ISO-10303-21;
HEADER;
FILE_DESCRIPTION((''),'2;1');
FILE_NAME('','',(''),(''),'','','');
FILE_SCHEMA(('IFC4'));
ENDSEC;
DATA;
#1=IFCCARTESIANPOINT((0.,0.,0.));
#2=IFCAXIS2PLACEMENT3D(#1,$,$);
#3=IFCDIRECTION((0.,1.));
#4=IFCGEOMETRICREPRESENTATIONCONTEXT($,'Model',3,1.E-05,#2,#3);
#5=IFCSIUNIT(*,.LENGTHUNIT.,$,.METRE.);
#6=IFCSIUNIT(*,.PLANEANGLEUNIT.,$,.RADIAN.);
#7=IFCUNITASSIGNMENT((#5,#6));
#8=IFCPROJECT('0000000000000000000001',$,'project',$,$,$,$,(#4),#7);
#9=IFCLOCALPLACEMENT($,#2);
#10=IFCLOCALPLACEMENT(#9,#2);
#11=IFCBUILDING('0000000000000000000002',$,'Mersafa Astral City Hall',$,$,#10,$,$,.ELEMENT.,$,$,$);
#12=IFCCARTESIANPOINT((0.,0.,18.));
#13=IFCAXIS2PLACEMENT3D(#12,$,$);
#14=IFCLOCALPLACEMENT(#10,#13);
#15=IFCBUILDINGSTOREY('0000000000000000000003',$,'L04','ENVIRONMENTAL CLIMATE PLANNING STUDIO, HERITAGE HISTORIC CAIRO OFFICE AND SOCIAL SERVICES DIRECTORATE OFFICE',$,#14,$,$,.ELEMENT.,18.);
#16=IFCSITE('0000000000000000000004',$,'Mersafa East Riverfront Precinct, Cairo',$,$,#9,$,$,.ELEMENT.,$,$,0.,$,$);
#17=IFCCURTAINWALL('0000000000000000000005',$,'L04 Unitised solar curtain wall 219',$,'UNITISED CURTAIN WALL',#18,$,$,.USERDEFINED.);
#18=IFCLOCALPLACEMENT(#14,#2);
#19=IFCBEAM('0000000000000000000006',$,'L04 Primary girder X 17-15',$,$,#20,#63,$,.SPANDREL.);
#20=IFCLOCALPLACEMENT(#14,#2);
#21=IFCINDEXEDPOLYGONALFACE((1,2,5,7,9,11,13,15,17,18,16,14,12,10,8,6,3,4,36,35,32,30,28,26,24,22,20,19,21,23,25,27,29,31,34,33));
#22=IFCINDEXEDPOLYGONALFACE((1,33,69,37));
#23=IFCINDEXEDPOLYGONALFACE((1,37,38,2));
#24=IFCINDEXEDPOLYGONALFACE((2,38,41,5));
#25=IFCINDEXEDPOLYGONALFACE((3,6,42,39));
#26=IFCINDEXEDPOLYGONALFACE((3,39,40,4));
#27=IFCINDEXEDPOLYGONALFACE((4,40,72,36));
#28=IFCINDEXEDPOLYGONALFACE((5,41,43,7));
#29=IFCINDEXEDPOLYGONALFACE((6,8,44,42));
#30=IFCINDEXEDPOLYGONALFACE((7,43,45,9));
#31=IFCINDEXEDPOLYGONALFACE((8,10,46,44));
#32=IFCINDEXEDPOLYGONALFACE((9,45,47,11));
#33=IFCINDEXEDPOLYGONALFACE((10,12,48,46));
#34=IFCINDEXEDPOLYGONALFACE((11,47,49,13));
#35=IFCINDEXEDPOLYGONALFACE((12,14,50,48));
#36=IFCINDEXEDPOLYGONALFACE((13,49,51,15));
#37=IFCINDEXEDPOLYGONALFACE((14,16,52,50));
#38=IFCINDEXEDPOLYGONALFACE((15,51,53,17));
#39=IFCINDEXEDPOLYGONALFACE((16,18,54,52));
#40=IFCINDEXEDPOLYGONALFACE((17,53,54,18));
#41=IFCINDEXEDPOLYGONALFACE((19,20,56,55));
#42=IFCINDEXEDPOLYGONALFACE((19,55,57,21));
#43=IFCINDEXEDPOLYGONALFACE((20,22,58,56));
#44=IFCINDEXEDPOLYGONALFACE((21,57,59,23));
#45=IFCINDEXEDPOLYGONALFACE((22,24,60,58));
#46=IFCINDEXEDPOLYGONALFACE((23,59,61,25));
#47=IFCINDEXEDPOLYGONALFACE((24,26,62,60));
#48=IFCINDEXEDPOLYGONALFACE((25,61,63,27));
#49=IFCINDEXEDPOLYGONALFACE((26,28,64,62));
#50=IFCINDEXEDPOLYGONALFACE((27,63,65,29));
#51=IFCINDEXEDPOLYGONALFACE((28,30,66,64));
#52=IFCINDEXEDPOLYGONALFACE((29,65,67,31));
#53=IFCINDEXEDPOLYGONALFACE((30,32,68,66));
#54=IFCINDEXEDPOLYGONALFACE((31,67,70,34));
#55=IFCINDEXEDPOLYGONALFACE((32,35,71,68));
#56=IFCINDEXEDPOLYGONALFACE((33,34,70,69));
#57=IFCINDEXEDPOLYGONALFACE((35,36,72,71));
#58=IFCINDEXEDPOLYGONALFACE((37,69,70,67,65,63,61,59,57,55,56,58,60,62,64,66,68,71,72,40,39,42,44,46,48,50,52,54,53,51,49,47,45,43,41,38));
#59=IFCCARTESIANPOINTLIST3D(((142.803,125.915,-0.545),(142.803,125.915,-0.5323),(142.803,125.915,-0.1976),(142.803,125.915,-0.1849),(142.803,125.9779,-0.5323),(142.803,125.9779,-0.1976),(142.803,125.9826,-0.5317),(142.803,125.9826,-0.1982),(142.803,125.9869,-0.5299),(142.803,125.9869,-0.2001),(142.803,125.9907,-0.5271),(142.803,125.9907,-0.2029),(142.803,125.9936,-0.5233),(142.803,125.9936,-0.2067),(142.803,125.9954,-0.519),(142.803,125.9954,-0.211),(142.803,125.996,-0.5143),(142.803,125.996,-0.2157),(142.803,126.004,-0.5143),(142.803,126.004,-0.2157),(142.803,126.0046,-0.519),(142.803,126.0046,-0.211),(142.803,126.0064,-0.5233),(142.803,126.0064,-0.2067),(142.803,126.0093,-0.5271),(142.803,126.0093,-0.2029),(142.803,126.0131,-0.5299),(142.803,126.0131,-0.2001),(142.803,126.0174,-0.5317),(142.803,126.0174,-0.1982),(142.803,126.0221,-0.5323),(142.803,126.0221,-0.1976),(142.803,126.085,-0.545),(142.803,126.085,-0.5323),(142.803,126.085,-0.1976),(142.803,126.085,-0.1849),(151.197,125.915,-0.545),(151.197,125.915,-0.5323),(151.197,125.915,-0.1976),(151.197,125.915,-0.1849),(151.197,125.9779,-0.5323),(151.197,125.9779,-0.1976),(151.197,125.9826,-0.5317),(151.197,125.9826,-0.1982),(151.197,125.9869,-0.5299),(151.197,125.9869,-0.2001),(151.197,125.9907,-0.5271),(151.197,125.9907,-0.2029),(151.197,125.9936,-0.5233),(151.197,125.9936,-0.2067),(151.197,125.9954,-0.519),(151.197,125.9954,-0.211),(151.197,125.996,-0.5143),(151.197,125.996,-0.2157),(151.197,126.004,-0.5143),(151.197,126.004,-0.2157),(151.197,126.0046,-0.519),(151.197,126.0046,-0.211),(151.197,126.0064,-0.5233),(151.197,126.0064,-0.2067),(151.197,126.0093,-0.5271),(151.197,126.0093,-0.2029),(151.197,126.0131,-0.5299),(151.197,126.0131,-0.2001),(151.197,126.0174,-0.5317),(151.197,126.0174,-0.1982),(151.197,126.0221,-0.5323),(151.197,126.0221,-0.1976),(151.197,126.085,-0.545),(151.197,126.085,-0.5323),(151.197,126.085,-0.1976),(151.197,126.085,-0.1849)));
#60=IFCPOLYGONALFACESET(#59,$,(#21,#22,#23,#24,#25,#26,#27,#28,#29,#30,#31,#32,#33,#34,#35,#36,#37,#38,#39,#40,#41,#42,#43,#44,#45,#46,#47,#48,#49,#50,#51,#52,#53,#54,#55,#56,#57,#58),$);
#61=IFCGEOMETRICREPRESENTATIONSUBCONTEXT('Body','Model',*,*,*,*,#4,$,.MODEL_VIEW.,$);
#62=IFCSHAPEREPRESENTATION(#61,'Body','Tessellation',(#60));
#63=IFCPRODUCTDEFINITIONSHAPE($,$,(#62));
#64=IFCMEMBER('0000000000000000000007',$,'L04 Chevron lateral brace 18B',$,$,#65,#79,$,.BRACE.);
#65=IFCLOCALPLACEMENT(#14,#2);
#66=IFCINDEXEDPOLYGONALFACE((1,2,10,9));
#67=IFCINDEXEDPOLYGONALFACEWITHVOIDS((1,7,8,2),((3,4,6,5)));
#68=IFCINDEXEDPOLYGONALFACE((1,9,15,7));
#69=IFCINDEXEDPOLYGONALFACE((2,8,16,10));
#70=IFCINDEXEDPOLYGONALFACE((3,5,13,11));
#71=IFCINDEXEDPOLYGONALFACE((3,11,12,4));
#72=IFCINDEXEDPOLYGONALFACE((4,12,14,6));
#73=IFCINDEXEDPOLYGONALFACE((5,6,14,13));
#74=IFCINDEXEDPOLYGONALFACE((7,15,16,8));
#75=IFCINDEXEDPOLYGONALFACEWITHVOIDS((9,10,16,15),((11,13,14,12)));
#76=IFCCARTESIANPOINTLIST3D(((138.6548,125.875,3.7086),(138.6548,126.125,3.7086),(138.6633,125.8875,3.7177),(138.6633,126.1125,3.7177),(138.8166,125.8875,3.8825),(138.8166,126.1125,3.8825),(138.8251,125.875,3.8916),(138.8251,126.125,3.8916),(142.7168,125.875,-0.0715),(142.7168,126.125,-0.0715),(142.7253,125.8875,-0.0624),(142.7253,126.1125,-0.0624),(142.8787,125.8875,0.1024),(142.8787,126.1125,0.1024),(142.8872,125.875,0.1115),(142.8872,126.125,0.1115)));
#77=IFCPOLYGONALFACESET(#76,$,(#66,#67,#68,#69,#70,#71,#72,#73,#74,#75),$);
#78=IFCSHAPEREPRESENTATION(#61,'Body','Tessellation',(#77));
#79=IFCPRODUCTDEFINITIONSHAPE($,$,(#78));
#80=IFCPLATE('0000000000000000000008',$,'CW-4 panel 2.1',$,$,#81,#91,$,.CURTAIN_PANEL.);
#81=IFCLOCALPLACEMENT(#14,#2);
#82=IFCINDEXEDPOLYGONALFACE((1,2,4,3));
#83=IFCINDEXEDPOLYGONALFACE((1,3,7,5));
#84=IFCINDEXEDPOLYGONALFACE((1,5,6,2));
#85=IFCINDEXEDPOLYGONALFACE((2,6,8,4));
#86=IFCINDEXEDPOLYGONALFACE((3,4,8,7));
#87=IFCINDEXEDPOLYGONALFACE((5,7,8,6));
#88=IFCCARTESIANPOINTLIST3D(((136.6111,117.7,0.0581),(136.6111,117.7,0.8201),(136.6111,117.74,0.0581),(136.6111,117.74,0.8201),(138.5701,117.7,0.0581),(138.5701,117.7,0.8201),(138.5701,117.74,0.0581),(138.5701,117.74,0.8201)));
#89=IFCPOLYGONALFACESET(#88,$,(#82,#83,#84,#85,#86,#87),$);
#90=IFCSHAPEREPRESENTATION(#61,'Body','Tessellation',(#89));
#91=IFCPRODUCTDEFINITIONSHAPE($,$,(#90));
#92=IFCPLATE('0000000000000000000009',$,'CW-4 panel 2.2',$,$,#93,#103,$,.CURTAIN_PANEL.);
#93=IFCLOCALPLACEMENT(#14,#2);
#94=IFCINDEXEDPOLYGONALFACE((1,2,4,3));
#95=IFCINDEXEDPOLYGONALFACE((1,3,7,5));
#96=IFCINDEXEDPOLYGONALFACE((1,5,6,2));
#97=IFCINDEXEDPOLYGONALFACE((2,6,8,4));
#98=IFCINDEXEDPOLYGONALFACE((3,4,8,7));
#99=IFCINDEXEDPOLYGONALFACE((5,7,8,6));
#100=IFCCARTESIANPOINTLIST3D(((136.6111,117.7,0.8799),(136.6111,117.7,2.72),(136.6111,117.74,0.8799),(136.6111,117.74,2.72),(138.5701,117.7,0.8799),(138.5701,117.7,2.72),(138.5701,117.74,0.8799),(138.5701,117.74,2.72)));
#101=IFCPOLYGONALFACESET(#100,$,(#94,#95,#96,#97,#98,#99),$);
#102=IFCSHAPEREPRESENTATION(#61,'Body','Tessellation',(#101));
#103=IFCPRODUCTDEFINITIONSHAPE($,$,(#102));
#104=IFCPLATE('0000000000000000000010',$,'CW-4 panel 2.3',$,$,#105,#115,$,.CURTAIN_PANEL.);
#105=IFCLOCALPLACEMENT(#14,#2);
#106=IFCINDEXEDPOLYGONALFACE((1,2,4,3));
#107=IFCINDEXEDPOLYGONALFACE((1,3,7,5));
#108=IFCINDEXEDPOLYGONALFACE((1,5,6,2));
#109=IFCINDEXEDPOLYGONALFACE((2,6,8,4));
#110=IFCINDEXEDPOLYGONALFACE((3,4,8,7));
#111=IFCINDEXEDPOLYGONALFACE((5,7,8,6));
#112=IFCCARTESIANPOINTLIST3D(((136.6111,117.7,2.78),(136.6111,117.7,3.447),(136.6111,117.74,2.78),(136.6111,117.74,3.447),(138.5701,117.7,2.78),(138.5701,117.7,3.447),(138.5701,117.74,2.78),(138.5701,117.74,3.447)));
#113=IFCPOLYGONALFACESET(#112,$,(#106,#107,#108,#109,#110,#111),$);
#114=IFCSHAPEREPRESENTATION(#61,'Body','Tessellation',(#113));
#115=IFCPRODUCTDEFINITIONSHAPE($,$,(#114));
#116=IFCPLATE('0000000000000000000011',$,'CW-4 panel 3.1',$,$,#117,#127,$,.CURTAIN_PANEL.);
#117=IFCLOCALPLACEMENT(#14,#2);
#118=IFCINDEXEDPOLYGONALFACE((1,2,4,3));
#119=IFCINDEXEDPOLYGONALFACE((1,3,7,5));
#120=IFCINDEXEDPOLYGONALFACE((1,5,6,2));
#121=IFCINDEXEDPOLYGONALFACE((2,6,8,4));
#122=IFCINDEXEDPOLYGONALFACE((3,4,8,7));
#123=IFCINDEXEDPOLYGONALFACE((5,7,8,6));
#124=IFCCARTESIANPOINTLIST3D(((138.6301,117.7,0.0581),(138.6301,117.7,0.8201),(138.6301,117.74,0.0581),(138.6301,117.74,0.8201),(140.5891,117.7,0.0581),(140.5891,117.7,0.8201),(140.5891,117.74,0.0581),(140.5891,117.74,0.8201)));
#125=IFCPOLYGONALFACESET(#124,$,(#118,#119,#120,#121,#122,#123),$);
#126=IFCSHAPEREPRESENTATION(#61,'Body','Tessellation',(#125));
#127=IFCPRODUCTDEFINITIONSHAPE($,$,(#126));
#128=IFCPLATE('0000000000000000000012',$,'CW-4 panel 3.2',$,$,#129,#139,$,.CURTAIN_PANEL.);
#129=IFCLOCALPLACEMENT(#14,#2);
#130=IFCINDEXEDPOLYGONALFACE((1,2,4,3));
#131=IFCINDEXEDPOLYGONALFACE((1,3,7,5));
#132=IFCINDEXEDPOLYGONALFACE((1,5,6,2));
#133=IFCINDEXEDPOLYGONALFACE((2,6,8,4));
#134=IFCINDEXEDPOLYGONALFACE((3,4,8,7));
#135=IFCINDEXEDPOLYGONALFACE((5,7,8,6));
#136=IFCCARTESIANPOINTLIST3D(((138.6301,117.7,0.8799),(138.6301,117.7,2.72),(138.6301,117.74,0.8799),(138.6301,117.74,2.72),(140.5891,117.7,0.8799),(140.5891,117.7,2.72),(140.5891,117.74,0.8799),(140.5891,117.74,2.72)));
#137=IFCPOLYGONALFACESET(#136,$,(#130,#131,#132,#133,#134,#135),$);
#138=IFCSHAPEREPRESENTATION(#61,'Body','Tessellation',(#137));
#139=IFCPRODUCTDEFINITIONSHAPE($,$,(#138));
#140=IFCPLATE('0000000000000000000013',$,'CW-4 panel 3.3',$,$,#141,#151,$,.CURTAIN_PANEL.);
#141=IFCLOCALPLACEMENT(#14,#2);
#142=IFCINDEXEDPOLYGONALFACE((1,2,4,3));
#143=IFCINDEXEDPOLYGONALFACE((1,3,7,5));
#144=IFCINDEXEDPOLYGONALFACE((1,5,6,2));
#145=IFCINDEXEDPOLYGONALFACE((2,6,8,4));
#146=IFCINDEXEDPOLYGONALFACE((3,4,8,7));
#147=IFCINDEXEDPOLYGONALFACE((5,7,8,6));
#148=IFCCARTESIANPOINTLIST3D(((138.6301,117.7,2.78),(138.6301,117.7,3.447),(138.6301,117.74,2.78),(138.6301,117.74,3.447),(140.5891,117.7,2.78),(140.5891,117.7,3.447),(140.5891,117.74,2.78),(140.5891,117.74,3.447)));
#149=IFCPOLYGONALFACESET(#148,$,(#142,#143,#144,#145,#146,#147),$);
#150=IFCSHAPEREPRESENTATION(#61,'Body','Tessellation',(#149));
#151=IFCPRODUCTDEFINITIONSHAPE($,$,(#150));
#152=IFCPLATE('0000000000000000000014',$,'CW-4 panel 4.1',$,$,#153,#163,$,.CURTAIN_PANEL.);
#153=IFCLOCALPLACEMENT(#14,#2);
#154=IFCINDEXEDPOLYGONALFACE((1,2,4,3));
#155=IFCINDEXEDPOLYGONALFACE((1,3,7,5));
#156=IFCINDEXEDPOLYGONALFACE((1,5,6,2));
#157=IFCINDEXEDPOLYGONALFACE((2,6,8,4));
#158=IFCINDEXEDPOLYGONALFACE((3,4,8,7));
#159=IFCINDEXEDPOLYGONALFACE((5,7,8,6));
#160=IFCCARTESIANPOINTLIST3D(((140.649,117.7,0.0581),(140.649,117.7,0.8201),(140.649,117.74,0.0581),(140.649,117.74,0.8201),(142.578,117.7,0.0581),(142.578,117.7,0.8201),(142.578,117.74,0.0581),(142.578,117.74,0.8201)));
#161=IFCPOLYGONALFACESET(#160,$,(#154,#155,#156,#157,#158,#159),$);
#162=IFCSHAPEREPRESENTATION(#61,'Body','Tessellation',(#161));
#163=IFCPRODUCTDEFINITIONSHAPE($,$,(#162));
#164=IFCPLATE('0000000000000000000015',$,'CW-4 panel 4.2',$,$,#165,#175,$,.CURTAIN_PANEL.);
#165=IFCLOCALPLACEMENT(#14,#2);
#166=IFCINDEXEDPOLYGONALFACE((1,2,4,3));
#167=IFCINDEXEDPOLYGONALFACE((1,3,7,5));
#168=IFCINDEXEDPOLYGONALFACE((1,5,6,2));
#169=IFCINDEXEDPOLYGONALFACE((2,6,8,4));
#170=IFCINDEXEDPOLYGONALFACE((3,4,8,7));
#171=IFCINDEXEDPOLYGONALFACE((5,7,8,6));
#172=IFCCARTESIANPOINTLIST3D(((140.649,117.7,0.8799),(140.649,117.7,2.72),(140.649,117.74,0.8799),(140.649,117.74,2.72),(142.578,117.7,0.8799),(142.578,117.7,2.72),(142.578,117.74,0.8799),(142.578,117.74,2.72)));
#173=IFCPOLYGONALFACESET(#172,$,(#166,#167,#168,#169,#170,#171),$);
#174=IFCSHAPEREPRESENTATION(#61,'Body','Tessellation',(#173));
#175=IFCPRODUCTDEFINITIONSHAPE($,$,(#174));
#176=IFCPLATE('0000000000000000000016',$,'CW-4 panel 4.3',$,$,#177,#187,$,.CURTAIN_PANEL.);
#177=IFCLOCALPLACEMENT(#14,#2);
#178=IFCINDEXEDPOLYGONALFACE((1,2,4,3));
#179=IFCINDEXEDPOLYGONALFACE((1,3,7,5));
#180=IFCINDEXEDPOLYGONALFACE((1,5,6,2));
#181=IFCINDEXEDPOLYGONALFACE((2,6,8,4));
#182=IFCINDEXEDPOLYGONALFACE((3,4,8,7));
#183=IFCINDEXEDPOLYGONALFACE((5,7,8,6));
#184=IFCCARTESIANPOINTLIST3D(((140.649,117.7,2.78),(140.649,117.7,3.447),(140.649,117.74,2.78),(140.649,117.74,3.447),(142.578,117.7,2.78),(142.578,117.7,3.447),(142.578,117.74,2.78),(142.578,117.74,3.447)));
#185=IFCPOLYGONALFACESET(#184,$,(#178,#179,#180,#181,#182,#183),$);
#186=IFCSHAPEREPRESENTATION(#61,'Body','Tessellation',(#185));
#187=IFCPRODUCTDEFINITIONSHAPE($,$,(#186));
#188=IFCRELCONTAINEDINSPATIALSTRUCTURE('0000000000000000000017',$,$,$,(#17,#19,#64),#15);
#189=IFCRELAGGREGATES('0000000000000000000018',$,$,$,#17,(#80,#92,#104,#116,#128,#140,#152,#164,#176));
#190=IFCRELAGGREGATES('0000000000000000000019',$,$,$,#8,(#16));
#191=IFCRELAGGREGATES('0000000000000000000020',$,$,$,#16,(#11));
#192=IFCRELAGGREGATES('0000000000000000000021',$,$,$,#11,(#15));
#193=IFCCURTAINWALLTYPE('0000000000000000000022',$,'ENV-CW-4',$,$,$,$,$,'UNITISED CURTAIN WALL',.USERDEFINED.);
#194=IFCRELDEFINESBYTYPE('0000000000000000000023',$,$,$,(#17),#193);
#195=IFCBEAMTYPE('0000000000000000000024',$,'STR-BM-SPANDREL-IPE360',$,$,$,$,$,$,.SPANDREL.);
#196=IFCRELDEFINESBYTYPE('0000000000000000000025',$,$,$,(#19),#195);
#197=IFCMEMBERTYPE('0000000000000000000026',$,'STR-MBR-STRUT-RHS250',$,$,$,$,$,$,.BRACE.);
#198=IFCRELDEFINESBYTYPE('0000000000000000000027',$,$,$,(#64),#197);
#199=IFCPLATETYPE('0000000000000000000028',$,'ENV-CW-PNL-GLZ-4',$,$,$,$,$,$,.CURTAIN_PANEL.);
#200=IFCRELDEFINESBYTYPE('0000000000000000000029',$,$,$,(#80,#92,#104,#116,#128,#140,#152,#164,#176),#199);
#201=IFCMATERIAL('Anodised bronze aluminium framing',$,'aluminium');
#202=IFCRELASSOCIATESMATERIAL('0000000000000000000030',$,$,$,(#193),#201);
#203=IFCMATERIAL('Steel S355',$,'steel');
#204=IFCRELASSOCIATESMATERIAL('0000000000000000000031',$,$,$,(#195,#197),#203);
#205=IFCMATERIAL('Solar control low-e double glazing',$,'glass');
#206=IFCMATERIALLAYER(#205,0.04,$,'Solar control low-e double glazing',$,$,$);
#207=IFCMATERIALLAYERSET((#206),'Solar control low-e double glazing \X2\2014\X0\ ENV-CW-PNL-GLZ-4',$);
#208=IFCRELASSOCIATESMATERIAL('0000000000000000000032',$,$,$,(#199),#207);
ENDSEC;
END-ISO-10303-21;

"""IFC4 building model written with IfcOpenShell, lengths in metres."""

from ifc_helpers import new_model, si_unit, direction, frame, origin, origin_2d, place, context, subcontext, project, spatial, rectangle, hollow_rectangle, i_section, extrude, material, layer, layer_set, material_profile, profile_set, type_object, element, aggregate, save


model = new_model("IFC4")

# Units and contexts
model_context = context("Model", 3, precision=1e-05, world=origin(), true_north=direction((0.0, 1.0)))
body_context = subcontext(model_context, "Body", "Model", "MODEL_VIEW")
ifc_project = project(units=[si_unit("LENGTHUNIT", "METRE"), si_unit("PLANEANGLEUNIT", "RADIAN")], contexts=[model_context])

# Site, building, storey
site_placement = place(None, origin())
site = spatial("IfcSite", under=ifc_project, at=site_placement, Name="Mersafa East Riverfront Precinct, Cairo", CompositionType="ELEMENT", RefElevation=0.0)
building_placement = place(site_placement, origin())
building = spatial("IfcBuilding", under=site, at=building_placement, Name="Mersafa Astral City Hall", CompositionType="ELEMENT")
storey_placement = place(building_placement, frame((0.0, 0.0, 18.0)))
storey = spatial("IfcBuildingStorey", under=building, at=storey_placement, Name="L04", Description="ENVIRONMENTAL CLIMATE PLANNING STUDIO, HERITAGE HISTORIC CAIRO OFFICE AND SOCIAL SERVICES DIRECTORATE OFFICE", CompositionType="ELEMENT", Elevation=18.0)

# Shared definitions
ifc_material_1 = material(Name="Steel S355", Category="steel")

# Curtain wall
ifc_material_2 = material(Name="Anodised bronze aluminium framing", Category="aluminium")
curtain_wall_type = type_object("IfcCurtainWallType", Name="ENV-CW-4", ElementType="UNITISED CURTAIN WALL", PredefinedType="USERDEFINED", material=ifc_material_2)
curtain_wall_placement = place(storey_placement, origin())
curtain_wall = element("IfcCurtainWall", 1, at=curtain_wall_placement, inside=storey, type_object=curtain_wall_type, Name="L04 Unitised solar curtain wall 219", ObjectType="UNITISED CURTAIN WALL", PredefinedType="USERDEFINED")

# Beam
ifc_material_profile_1 = material_profile(ifc_material_1, i_section(OverallWidth=0.1699, OverallDepth=0.3601, WebThickness=0.0081, FlangeThickness=0.0127, FilletRadius=0.0181, at=origin_2d()), Name="IPE 360")
ifc_profile_set_1 = profile_set([ifc_material_profile_1], Name="Steel S355")
beam_type_1 = type_object("IfcBeamType", Name="STR-BM-SPANDREL-IPE360", PredefinedType="SPANDREL", material=ifc_profile_set_1)
beam_1_placement = place(storey_placement, frame((142.803, 126.0, -0.365), z_axis=(1.0, 0.0, 0.0), x_axis=(0.0, 1.0, 0.0)))
element("IfcBeam", 2, at=beam_1_placement, inside=storey, type_object=beam_type_1, Name="L04 Primary girder X 17-15", PredefinedType="SPANDREL", context=body_context, shape_type="SweptSolid", body=[
    extrude(i_section(OverallWidth=0.1699, OverallDepth=0.3601, WebThickness=0.0081, FlangeThickness=0.0127, FilletRadius=0.0181, at=origin_2d()), origin(), (0.0, 0.0, 1.0), 8.394),
])

# Member
ifc_material_profile_2 = material_profile(ifc_material_1, hollow_rectangle(XDim=0.25, YDim=0.25, WallThickness=0.0125, at=origin_2d()), Name="RHS 250x250x12.5")
ifc_profile_set_2 = profile_set([ifc_material_profile_2], Name="Steel S355")
member_type_1 = type_object("IfcMemberType", Name="STR-MBR-STRUT-RHS250", PredefinedType="BRACE", material=ifc_profile_set_2)
member_1_placement = place(storey_placement, frame((142.802, 126.0, 0.02), z_axis=(-0.73206, 0.0, 0.681241), x_axis=(0.0, -1.0, 0.0)))
element("IfcMember", 3, at=member_1_placement, inside=storey, type_object=member_type_1, Name="L04 Chevron lateral brace 18B", PredefinedType="BRACE", context=body_context, shape_type="SweptSolid", body=[
    extrude(hollow_rectangle(XDim=0.25, YDim=0.25, WallThickness=0.0125, at=origin_2d()), origin(), (0.0, 0.0, 1.0), 5.5488),
])

# Plates
ifc_material_3 = material(Name="Solar control low-e double glazing", Category="glass")
ifc_layer_1 = layer(ifc_material_3, 0.04, Name="Solar control low-e double glazing")
ifc_layer_set_1 = layer_set([ifc_layer_1], Name="Solar control low-e double glazing — ENV-CW-PNL-GLZ-4")
plate_type_1 = type_object("IfcPlateType", Name="ENV-CW-PNL-GLZ-4", PredefinedType="CURTAIN_PANEL", material=ifc_layer_set_1)
plate_1_placement = place(storey_placement, frame((137.5906, 117.72, 0.0581), z_axis=(0.0, 0.0, 1.0), x_axis=(1.0, 0.0, 0.0)))
plate_1 = element("IfcPlate", 4, at=plate_1_placement, type_object=plate_type_1, Name="CW-4 panel 2.1", PredefinedType="CURTAIN_PANEL", context=body_context, shape_type="SweptSolid", body=[
    extrude(rectangle(XDim=1.959, YDim=0.04, at=origin_2d()), origin(), (0.0, 0.0, 1.0), 0.762),
])
plate_2_placement = place(storey_placement, frame((137.5906, 117.72, 0.8799), z_axis=(0.0, 0.0, 1.0), x_axis=(1.0, 0.0, 0.0)))
plate_2 = element("IfcPlate", 5, at=plate_2_placement, type_object=plate_type_1, Name="CW-4 panel 2.2", PredefinedType="CURTAIN_PANEL", context=body_context, shape_type="SweptSolid", body=[
    extrude(rectangle(XDim=1.959, YDim=0.04, at=origin_2d()), origin(), (0.0, 0.0, 1.0), 1.8401),
])
plate_3_placement = place(storey_placement, frame((137.5906, 117.72, 2.78), z_axis=(0.0, 0.0, 1.0), x_axis=(1.0, 0.0, 0.0)))
plate_3 = element("IfcPlate", 6, at=plate_3_placement, type_object=plate_type_1, Name="CW-4 panel 2.3", PredefinedType="CURTAIN_PANEL", context=body_context, shape_type="SweptSolid", body=[
    extrude(rectangle(XDim=1.959, YDim=0.04, at=origin_2d()), origin(), (0.0, 0.0, 1.0), 0.667),
])
plate_4_placement = place(storey_placement, frame((139.6096, 117.72, 0.0581), z_axis=(0.0, 0.0, 1.0), x_axis=(1.0, 0.0, 0.0)))
plate_4 = element("IfcPlate", 7, at=plate_4_placement, type_object=plate_type_1, Name="CW-4 panel 3.1", PredefinedType="CURTAIN_PANEL", context=body_context, shape_type="SweptSolid", body=[
    extrude(rectangle(XDim=1.959, YDim=0.04, at=origin_2d()), origin(), (0.0, 0.0, 1.0), 0.762),
])
plate_5_placement = place(storey_placement, frame((139.6096, 117.72, 0.8799), z_axis=(0.0, 0.0, 1.0), x_axis=(1.0, 0.0, 0.0)))
plate_5 = element("IfcPlate", 8, at=plate_5_placement, type_object=plate_type_1, Name="CW-4 panel 3.2", PredefinedType="CURTAIN_PANEL", context=body_context, shape_type="SweptSolid", body=[
    extrude(rectangle(XDim=1.959, YDim=0.04, at=origin_2d()), origin(), (0.0, 0.0, 1.0), 1.8401),
])
plate_6_placement = place(storey_placement, frame((139.6096, 117.72, 2.78), z_axis=(0.0, 0.0, 1.0), x_axis=(1.0, 0.0, 0.0)))
plate_6 = element("IfcPlate", 9, at=plate_6_placement, type_object=plate_type_1, Name="CW-4 panel 3.3", PredefinedType="CURTAIN_PANEL", context=body_context, shape_type="SweptSolid", body=[
    extrude(rectangle(XDim=1.959, YDim=0.04, at=origin_2d()), origin(), (0.0, 0.0, 1.0), 0.667),
])
plate_7_placement = place(storey_placement, frame((141.6135, 117.72, 0.0581), z_axis=(0.0, 0.0, 1.0), x_axis=(1.0, 0.0, 0.0)))
plate_7 = element("IfcPlate", 10, at=plate_7_placement, type_object=plate_type_1, Name="CW-4 panel 4.1", PredefinedType="CURTAIN_PANEL", context=body_context, shape_type="SweptSolid", body=[
    extrude(rectangle(XDim=1.929, YDim=0.04, at=origin_2d()), origin(), (0.0, 0.0, 1.0), 0.762),
])
plate_8_placement = place(storey_placement, frame((141.6135, 117.72, 0.8799), z_axis=(0.0, 0.0, 1.0), x_axis=(1.0, 0.0, 0.0)))
plate_8 = element("IfcPlate", 11, at=plate_8_placement, type_object=plate_type_1, Name="CW-4 panel 4.2", PredefinedType="CURTAIN_PANEL", context=body_context, shape_type="SweptSolid", body=[
    extrude(rectangle(XDim=1.929, YDim=0.04, at=origin_2d()), origin(), (0.0, 0.0, 1.0), 1.8401),
])
plate_9_placement = place(storey_placement, frame((141.6135, 117.72, 2.78), z_axis=(0.0, 0.0, 1.0), x_axis=(1.0, 0.0, 0.0)))
plate_9 = element("IfcPlate", 12, at=plate_9_placement, type_object=plate_type_1, Name="CW-4 panel 4.3", PredefinedType="CURTAIN_PANEL", context=body_context, shape_type="SweptSolid", body=[
    extrude(rectangle(XDim=1.929, YDim=0.04, at=origin_2d()), origin(), (0.0, 0.0, 1.0), 0.667),
])
aggregate(curtain_wall, [plate_1, plate_2, plate_3, plate_4, plate_5, plate_6, plate_7, plate_8, plate_9])

save(model, "model.ifc")
